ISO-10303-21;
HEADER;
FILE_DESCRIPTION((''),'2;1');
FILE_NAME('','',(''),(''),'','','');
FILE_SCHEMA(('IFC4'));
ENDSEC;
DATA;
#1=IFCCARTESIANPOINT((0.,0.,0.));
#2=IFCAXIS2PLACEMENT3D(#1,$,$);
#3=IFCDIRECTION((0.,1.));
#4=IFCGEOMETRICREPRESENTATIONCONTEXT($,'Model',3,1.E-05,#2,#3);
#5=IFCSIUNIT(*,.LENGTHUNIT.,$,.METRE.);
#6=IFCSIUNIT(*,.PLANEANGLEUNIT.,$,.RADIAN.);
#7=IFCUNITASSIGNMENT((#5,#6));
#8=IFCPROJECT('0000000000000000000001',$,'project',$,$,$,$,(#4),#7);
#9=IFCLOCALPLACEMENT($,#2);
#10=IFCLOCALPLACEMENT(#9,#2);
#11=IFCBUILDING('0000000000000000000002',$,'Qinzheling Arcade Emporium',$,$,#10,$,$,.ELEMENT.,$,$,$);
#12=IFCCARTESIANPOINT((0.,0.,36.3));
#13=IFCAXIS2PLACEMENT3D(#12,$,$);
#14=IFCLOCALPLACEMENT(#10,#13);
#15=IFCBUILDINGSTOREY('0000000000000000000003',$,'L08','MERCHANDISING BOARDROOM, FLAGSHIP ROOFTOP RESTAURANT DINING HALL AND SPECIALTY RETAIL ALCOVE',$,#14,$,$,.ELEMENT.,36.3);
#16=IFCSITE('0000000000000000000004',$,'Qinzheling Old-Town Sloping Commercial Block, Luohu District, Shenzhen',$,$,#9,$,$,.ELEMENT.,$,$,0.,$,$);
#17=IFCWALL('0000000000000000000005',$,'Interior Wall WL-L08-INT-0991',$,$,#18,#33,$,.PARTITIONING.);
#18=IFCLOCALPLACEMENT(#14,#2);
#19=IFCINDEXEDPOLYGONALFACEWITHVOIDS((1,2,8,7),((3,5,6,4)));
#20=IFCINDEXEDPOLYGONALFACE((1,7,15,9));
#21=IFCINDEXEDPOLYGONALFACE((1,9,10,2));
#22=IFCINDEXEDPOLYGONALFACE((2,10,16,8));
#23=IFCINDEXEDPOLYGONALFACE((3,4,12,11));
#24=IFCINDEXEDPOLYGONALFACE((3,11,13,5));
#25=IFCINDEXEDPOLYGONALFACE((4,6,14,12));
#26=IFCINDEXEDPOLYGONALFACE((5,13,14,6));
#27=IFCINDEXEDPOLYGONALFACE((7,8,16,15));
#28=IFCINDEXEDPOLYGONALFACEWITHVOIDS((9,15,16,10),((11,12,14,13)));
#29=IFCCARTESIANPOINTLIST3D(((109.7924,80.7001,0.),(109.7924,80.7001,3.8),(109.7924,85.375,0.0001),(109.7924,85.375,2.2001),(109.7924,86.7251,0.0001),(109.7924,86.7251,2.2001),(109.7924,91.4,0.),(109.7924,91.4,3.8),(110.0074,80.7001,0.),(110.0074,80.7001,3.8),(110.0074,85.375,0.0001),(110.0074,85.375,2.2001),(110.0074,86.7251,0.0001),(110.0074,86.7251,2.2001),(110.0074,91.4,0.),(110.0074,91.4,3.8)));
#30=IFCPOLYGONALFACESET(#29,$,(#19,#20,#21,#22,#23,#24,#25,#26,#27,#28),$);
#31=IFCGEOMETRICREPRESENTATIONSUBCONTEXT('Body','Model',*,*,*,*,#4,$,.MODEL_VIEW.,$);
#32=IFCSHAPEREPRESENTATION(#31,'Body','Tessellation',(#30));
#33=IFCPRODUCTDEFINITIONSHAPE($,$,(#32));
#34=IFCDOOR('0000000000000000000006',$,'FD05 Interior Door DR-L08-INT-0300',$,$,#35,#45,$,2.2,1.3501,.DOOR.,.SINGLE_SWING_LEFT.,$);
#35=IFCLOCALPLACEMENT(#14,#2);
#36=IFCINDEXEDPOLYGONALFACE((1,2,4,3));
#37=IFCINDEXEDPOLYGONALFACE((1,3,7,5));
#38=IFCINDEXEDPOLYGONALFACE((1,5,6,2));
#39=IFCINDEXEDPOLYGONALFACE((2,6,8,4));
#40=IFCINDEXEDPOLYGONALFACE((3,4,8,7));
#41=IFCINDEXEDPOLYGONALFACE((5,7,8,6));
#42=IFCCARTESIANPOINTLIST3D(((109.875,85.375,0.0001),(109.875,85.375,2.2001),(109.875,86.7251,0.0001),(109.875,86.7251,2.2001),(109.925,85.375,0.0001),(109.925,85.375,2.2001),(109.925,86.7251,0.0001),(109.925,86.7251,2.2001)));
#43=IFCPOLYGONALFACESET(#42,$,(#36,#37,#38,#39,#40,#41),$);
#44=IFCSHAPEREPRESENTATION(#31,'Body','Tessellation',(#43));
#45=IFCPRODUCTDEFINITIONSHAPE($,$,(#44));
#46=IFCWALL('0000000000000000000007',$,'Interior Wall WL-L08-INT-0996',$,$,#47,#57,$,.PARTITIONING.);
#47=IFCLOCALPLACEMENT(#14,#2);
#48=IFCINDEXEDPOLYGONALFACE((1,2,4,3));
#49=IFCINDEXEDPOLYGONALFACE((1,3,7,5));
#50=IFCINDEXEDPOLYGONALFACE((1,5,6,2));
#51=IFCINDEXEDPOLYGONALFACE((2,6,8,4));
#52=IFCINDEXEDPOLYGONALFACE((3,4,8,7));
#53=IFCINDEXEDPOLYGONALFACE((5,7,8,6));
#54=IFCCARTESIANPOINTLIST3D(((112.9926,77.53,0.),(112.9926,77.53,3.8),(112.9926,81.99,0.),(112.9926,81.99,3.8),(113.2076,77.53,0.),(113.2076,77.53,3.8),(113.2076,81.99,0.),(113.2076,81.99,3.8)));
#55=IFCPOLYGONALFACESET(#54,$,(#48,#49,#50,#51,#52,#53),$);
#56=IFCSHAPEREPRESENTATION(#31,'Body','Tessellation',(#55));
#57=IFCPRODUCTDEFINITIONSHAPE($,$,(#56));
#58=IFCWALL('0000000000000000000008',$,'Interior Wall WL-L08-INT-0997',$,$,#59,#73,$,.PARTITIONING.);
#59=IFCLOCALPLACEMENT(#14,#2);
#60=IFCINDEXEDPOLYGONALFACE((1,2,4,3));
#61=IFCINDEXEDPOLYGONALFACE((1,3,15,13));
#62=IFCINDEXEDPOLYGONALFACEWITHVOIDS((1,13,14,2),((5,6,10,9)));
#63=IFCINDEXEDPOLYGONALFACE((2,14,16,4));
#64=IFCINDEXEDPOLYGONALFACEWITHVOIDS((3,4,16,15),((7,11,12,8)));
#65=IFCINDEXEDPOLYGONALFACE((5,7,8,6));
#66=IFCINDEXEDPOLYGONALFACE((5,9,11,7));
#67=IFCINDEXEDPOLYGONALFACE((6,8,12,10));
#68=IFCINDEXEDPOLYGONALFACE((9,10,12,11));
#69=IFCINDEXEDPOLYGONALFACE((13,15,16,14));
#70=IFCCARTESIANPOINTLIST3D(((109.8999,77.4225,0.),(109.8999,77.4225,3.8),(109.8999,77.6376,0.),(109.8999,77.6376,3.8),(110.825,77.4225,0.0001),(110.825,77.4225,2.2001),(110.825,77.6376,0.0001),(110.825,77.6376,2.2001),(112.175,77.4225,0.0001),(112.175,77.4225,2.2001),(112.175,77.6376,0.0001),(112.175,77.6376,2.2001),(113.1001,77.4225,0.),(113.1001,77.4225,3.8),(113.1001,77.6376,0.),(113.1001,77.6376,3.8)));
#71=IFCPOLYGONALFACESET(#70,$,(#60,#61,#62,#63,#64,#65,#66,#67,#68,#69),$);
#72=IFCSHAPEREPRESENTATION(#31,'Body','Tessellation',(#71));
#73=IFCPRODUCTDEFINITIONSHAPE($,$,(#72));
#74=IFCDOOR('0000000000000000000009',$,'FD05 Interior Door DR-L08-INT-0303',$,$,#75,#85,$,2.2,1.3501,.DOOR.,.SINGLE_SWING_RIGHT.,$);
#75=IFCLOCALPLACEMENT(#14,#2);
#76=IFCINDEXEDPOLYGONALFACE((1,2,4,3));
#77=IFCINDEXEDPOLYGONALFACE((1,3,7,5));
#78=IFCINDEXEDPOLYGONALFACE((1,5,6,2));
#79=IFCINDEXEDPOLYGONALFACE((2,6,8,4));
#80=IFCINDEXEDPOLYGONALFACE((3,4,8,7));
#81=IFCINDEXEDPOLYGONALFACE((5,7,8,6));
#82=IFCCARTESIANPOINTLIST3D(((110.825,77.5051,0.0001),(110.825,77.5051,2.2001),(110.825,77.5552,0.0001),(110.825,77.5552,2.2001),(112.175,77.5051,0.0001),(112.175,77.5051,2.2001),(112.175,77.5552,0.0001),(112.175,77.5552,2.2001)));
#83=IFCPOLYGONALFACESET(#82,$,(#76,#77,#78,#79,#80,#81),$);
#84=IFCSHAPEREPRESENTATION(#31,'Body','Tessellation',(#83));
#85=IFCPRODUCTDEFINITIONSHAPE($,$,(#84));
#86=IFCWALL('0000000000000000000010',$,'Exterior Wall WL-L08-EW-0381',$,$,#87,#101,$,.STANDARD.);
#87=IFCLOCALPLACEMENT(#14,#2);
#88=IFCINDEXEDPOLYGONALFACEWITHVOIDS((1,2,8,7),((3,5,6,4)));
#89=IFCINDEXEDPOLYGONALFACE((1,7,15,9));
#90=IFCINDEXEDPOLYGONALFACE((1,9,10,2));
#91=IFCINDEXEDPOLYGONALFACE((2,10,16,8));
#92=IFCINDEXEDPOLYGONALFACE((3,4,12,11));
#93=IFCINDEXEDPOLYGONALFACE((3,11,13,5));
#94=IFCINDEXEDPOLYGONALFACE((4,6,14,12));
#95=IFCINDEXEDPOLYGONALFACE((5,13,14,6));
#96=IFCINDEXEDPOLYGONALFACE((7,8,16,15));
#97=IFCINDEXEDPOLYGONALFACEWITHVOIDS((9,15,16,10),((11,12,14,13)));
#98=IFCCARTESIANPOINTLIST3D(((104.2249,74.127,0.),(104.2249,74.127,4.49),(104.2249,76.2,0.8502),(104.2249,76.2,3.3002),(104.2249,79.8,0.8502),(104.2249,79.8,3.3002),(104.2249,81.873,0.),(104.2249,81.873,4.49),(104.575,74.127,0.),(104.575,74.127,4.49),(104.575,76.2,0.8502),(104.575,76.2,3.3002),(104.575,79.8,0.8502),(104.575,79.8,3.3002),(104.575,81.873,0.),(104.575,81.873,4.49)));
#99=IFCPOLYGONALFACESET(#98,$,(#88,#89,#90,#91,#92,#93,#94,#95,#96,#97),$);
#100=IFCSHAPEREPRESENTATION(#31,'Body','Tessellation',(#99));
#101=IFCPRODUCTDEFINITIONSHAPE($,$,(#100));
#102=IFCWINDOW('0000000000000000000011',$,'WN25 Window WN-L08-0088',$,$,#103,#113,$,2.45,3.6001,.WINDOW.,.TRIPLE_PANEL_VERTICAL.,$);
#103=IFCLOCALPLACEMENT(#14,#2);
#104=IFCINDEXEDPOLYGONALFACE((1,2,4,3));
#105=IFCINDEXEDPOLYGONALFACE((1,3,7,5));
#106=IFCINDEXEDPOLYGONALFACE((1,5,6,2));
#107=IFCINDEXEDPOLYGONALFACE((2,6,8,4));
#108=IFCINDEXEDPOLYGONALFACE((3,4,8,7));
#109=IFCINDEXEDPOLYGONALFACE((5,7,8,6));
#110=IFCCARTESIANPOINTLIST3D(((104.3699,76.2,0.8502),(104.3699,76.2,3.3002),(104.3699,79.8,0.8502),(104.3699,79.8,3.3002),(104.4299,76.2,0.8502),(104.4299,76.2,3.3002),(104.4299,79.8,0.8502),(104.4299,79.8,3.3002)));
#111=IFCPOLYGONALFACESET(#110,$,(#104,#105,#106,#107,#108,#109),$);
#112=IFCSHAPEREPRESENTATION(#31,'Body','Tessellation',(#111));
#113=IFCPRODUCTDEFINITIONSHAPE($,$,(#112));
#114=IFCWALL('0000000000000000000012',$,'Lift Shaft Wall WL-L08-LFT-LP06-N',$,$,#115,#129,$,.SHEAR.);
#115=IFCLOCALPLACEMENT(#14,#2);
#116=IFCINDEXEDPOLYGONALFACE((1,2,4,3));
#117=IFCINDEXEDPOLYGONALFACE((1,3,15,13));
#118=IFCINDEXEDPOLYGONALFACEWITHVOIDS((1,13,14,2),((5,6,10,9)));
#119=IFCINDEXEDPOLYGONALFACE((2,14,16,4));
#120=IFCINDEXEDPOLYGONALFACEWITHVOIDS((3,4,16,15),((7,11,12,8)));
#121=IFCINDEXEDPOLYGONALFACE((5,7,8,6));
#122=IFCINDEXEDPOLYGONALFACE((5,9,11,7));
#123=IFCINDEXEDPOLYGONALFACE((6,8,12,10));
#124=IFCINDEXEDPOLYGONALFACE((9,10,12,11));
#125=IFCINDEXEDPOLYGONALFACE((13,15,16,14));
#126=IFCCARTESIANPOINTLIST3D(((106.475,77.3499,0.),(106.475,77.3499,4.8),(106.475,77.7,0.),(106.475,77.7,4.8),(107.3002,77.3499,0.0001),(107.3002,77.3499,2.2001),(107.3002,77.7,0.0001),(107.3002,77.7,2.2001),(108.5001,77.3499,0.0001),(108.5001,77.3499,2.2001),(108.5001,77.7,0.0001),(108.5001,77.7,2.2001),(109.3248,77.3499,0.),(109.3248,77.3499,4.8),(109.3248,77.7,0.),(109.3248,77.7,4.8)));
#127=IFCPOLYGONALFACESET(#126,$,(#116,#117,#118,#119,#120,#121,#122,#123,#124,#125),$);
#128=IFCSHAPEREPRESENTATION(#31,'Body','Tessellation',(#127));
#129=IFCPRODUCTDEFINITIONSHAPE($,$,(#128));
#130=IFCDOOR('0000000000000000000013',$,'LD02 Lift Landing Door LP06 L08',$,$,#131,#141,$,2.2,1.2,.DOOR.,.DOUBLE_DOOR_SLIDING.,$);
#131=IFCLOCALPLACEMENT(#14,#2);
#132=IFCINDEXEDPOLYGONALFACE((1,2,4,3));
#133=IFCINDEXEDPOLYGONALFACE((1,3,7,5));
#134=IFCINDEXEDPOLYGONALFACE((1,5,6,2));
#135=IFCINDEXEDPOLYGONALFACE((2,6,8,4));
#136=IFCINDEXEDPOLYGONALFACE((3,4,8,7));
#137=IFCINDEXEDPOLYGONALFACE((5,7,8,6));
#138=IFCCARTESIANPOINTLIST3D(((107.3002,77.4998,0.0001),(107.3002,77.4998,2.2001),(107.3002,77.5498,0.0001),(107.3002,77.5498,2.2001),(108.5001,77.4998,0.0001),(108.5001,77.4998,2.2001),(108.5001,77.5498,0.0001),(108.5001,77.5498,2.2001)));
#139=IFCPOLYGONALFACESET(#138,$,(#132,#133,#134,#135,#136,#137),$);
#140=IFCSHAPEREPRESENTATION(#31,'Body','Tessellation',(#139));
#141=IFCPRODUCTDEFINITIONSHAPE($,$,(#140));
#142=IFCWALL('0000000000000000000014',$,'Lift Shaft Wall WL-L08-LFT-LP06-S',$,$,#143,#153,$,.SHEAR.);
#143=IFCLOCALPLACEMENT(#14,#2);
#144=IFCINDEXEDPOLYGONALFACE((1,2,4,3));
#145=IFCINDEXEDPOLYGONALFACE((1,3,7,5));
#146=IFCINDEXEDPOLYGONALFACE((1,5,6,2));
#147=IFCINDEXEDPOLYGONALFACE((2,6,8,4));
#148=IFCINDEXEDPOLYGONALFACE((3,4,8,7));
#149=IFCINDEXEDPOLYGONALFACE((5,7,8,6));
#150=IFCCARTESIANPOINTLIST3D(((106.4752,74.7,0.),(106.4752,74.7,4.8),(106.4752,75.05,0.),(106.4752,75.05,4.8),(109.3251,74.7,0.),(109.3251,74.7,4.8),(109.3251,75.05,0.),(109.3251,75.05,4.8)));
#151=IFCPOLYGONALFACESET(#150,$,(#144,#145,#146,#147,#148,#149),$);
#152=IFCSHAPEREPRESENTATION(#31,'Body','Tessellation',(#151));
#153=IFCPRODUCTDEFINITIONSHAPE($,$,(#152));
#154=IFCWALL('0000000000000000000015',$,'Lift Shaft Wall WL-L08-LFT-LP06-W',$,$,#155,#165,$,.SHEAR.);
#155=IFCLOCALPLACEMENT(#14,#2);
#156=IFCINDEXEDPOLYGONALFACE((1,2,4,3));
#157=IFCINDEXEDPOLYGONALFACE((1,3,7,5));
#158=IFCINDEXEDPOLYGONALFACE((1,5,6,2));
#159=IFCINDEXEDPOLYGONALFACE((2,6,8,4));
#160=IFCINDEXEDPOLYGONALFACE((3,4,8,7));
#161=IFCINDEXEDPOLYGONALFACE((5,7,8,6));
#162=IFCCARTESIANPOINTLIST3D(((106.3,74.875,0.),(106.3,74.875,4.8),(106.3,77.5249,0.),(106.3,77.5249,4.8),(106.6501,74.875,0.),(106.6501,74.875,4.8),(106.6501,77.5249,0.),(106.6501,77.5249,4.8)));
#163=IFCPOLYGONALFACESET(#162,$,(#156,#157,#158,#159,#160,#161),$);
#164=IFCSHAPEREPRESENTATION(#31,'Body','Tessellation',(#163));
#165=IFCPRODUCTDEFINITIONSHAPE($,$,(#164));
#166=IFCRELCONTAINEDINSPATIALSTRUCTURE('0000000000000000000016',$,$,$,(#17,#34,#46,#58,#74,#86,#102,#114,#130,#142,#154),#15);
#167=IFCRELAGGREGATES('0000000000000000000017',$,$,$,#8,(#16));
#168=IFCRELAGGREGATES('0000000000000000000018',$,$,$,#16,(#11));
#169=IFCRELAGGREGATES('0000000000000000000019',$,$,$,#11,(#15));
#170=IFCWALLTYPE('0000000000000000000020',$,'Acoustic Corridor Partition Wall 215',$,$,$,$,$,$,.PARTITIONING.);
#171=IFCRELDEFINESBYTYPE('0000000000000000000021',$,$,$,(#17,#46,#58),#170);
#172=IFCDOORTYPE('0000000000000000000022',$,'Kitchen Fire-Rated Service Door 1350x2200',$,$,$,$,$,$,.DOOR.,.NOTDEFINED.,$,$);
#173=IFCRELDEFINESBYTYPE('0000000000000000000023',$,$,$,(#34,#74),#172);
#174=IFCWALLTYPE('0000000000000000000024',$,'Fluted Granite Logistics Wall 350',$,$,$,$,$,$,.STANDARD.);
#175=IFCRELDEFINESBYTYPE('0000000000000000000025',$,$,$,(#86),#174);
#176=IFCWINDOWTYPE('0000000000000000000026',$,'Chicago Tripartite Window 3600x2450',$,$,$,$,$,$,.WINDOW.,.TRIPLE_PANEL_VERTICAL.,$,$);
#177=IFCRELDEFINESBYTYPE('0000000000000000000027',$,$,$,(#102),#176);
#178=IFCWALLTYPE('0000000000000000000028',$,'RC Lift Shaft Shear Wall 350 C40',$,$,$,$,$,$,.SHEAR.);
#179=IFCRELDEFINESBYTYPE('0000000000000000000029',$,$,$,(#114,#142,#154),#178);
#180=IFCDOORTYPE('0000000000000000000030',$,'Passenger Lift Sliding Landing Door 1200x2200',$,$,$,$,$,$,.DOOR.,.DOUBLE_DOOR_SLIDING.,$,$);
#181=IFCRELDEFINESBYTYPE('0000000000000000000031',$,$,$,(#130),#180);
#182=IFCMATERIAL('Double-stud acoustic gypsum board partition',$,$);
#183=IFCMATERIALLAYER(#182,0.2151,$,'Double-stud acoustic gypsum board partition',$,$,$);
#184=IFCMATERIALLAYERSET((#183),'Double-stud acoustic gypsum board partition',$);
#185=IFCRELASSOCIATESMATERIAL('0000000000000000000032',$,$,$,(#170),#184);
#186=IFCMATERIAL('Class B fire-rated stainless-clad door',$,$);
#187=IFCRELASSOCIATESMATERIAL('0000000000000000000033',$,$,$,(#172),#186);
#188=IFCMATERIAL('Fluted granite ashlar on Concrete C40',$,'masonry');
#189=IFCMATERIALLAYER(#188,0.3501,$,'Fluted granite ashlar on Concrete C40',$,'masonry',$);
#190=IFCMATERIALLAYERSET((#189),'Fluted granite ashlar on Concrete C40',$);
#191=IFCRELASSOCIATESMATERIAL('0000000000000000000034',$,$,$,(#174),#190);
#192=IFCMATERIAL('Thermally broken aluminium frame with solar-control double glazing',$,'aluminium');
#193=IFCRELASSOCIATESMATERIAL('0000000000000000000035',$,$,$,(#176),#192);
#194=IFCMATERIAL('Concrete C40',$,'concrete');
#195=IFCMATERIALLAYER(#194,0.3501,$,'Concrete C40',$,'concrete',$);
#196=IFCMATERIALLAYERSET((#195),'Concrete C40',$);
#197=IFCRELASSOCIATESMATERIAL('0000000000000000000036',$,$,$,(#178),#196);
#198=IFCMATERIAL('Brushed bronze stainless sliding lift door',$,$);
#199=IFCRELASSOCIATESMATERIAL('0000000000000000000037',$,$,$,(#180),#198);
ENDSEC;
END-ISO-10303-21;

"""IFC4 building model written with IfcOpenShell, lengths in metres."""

from ifc_helpers import new_model, si_unit, direction, frame, frame_2d, origin, place, context, subcontext, project, spatial, rectangle, extrude, material, layer, layer_set, type_object, element, fill, save


model = new_model("IFC4")

# Units and contexts
model_context = context("Model", 3, precision=1e-05, world=origin(), true_north=direction((0.0, 1.0)))
body_context = subcontext(model_context, "Body", "Model", "MODEL_VIEW")
ifc_project = project(units=[si_unit("LENGTHUNIT", "METRE"), si_unit("PLANEANGLEUNIT", "RADIAN")], contexts=[model_context])

# Site, building, storey
site_placement = place(None, origin())
site = spatial("IfcSite", under=ifc_project, at=site_placement, Name="Qinzheling Old-Town Sloping Commercial Block, Luohu District, Shenzhen", CompositionType="ELEMENT", RefElevation=0.0)
building_placement = place(site_placement, origin())
building = spatial("IfcBuilding", under=site, at=building_placement, Name="Qinzheling Arcade Emporium", CompositionType="ELEMENT")
storey_placement = place(building_placement, frame((0.0, 0.0, 36.3)))
storey = spatial("IfcBuildingStorey", under=building, at=storey_placement, Name="L08", Description="MERCHANDISING BOARDROOM, FLAGSHIP ROOFTOP RESTAURANT DINING HALL AND SPECIALTY RETAIL ALCOVE", CompositionType="ELEMENT", Elevation=36.3)

# Shared definitions
ifc_material_1 = material(Name="Concrete C40", Category="concrete")

# Wall, opening, door
ifc_material_2 = material(Name="Double-stud acoustic gypsum board partition")
ifc_layer_1 = layer(ifc_material_2, 0.2151, Name="Double-stud acoustic gypsum board partition")
ifc_layer_set_1 = layer_set([ifc_layer_1], Name="Double-stud acoustic gypsum board partition")
wall_type_1 = type_object("IfcWallType", Name="Acoustic Corridor Partition Wall 215", PredefinedType="PARTITIONING", material=ifc_layer_set_1)
ifc_material_3 = material(Name="Class B fire-rated stainless-clad door")
door_type_1 = type_object("IfcDoorType", Name="Kitchen Fire-Rated Service Door 1350x2200", OperationType="NOTDEFINED", PredefinedType="DOOR", material=ifc_material_3)
wall_1_placement = place(storey_placement, frame((109.8999, 80.7, 0.0), z_axis=(0.0, 0.0, 1.0), x_axis=(0.0, 1.0, 0.0)))
wall_1 = element("IfcWall", 1, at=wall_1_placement, inside=storey, type_object=wall_type_1, Name="Interior Wall WL-L08-INT-0991", PredefinedType="PARTITIONING", context=body_context, shape_type="SweptSolid", body=[
    extrude(rectangle(XDim=10.7, YDim=0.2151, at=frame_2d((5.3501, 0.0))), origin(), (0.0, 0.0, 1.0), 3.8),
])
opening_1_placement = place(wall_1_placement, frame((4.675, 0.0, 0.0)))
opening_1 = element("IfcOpeningElement", 2, at=opening_1_placement, cuts=wall_1, PredefinedType="OPENING", context=body_context, shape_type="SweptSolid", body=[
    extrude(rectangle(XDim=1.3501, YDim=2.2, at=frame_2d((0.675, 1.1001))), frame((0.0, 0.1177, 0.0), z_axis=(0.0, -1.0, 0.0), x_axis=(1.0, 0.0, 0.0)), (0.0, 0.0, 1.0), 0.2351),
])
door_1_placement = place(opening_1_placement, origin())
door_1 = element("IfcDoor", 3, at=door_1_placement, inside=storey, type_object=door_type_1, Name="FD05 Interior Door DR-L08-INT-0300", OperationType="SINGLE_SWING_LEFT", OverallHeight=2.2, OverallWidth=1.3501, PredefinedType="DOOR", context=body_context, shape_type="SweptSolid", body=[
    extrude(rectangle(XDim=1.3501, YDim=2.2, at=frame_2d((0.675, 1.1001))), frame((0.0, 0.0249, 0.0), z_axis=(0.0, -1.0, 0.0), x_axis=(1.0, 0.0, 0.0)), (0.0, 0.0, 1.0), 0.05),
])
fill(opening_1, door_1)

# Wall
wall_2_placement = place(storey_placement, frame((113.1001, 81.99, 0.0), z_axis=(0.0, 0.0, 1.0), x_axis=(0.0, -1.0, 0.0)))
element("IfcWall", 4, at=wall_2_placement, inside=storey, type_object=wall_type_1, Name="Interior Wall WL-L08-INT-0996", PredefinedType="PARTITIONING", context=body_context, shape_type="SweptSolid", body=[
    extrude(rectangle(XDim=4.46, YDim=0.2151, at=frame_2d((2.23, 0.0))), origin(), (0.0, 0.0, 1.0), 3.8),
])

# Wall, opening, door
wall_3_placement = place(storey_placement, frame((113.1001, 77.53, 0.0), z_axis=(0.0, 0.0, 1.0), x_axis=(-1.0, 0.0, 0.0)))
wall_3 = element("IfcWall", 5, at=wall_3_placement, inside=storey, type_object=wall_type_1, Name="Interior Wall WL-L08-INT-0997", PredefinedType="PARTITIONING", context=body_context, shape_type="SweptSolid", body=[
    extrude(rectangle(XDim=3.2002, YDim=0.2151, at=frame_2d((1.6001, 0.0))), origin(), (0.0, 0.0, 1.0), 3.8),
])
opening_2_placement = place(wall_3_placement, frame((0.925, 0.0, 0.0)))
opening_2 = element("IfcOpeningElement", 6, at=opening_2_placement, cuts=wall_3, PredefinedType="OPENING", context=body_context, shape_type="SweptSolid", body=[
    extrude(rectangle(XDim=1.3501, YDim=2.2, at=frame_2d((0.675, 1.1001))), frame((0.0, 0.1177, 0.0), z_axis=(0.0, -1.0, 0.0), x_axis=(1.0, 0.0, 0.0)), (0.0, 0.0, 1.0), 0.2351),
])
door_2_placement = place(opening_2_placement, origin())
door_2 = element("IfcDoor", 7, at=door_2_placement, inside=storey, type_object=door_type_1, Name="FD05 Interior Door DR-L08-INT-0303", OperationType="SINGLE_SWING_RIGHT", OverallHeight=2.2, OverallWidth=1.3501, PredefinedType="DOOR", context=body_context, shape_type="SweptSolid", body=[
    extrude(rectangle(XDim=1.3501, YDim=2.2, at=frame_2d((0.675, 1.1001))), frame((0.0, 0.0249, 0.0), z_axis=(0.0, -1.0, 0.0), x_axis=(1.0, 0.0, 0.0)), (0.0, 0.0, 1.0), 0.05),
])
fill(opening_2, door_2)

# Wall, opening, window
ifc_material_4 = material(Name="Fluted granite ashlar on Concrete C40", Category="masonry")
ifc_layer_2 = layer(ifc_material_4, 0.3501, Name="Fluted granite ashlar on Concrete C40", Category="masonry")
ifc_layer_set_2 = layer_set([ifc_layer_2], Name="Fluted granite ashlar on Concrete C40")
wall_type_2 = type_object("IfcWallType", Name="Fluted Granite Logistics Wall 350", PredefinedType="STANDARD", material=ifc_layer_set_2)
wall_4_placement = place(storey_placement, frame((104.3999, 74.127, 0.0), z_axis=(0.0, 0.0, 1.0), x_axis=(0.0, 1.0, 0.0)))
wall_4 = element("IfcWall", 8, at=wall_4_placement, inside=storey, type_object=wall_type_2, Name="Exterior Wall WL-L08-EW-0381", PredefinedType="STANDARD", context=body_context, shape_type="SweptSolid", body=[
    extrude(rectangle(XDim=7.7461, YDim=0.3501, at=frame_2d((3.873, 0.0))), origin(), (0.0, 0.0, 1.0), 4.49),
])
opening_3_placement = place(wall_4_placement, frame((2.073, 0.0, 0.8501)))
opening_3 = element("IfcOpeningElement", 9, at=opening_3_placement, cuts=wall_4, PredefinedType="OPENING", context=body_context, shape_type="SweptSolid", body=[
    extrude(rectangle(XDim=3.6001, YDim=2.45, at=frame_2d((1.8, 1.2251))), frame((0.0, 0.1851, 0.0), z_axis=(0.0, -1.0, 0.0), x_axis=(1.0, 0.0, 0.0)), (0.0, 0.0, 1.0), 0.3701),
])
ifc_material_5 = material(Name="Thermally broken aluminium frame with solar-control double glazing", Category="aluminium")
window_type = type_object("IfcWindowType", Name="Chicago Tripartite Window 3600x2450", PartitioningType="TRIPLE_PANEL_VERTICAL", PredefinedType="WINDOW", material=ifc_material_5)
window_placement = place(opening_3_placement, origin())
window = element("IfcWindow", 10, at=window_placement, inside=storey, type_object=window_type, Name="WN25 Window WN-L08-0088", OverallHeight=2.45, OverallWidth=3.6001, PartitioningType="TRIPLE_PANEL_VERTICAL", PredefinedType="WINDOW", context=body_context, shape_type="SweptSolid", body=[
    extrude(rectangle(XDim=3.6001, YDim=2.45, at=frame_2d((1.8, 1.2251))), frame((0.0, 0.03, 0.0), z_axis=(0.0, -1.0, 0.0), x_axis=(1.0, 0.0, 0.0)), (0.0, 0.0, 1.0), 0.0601),
])
fill(opening_3, window)

# Wall, opening, door
ifc_layer_3 = layer(ifc_material_1, 0.3501, Name="Concrete C40", Category="concrete")
ifc_layer_set_3 = layer_set([ifc_layer_3], Name="Concrete C40")
wall_type_3 = type_object("IfcWallType", Name="RC Lift Shaft Shear Wall 350 C40", PredefinedType="SHEAR", material=ifc_layer_set_3)
wall_5_placement = place(storey_placement, frame((106.4751, 77.5249, 0.0), z_axis=(0.0, 0.0, 1.0), x_axis=(1.0, 0.0, 0.0)))
wall_5 = element("IfcWall", 11, at=wall_5_placement, inside=storey, type_object=wall_type_3, Name="Lift Shaft Wall WL-L08-LFT-LP06-N", PredefinedType="SHEAR", context=body_context, shape_type="SweptSolid", body=[
    extrude(rectangle(XDim=2.8499, YDim=0.3501, at=frame_2d((1.4248, 0.0))), origin(), (0.0, 0.0, 1.0), 4.8),
])
opening_4_placement = place(wall_5_placement, frame((0.825, 0.0, 0.0)))
opening_4 = element("IfcOpeningElement", 12, at=opening_4_placement, cuts=wall_5, PredefinedType="OPENING", context=body_context, shape_type="SweptSolid", body=[
    extrude(rectangle(XDim=1.2, YDim=2.2, at=frame_2d((0.6001, 1.1001))), frame((0.0, 0.1851, 0.0), z_axis=(0.0, -1.0, 0.0), x_axis=(1.0, 0.0, 0.0)), (0.0, 0.0, 1.0), 0.3701),
])
ifc_material_6 = material(Name="Brushed bronze stainless sliding lift door")
door_type_2 = type_object("IfcDoorType", Name="Passenger Lift Sliding Landing Door 1200x2200", OperationType="DOUBLE_DOOR_SLIDING", PredefinedType="DOOR", material=ifc_material_6)
door_3_placement = place(opening_4_placement, origin())
door_3 = element("IfcDoor", 13, at=door_3_placement, inside=storey, type_object=door_type_2, Name="LD02 Lift Landing Door LP06 L08", OperationType="DOUBLE_DOOR_SLIDING", OverallHeight=2.2, OverallWidth=1.2, PredefinedType="DOOR", context=body_context, shape_type="SweptSolid", body=[
    extrude(rectangle(XDim=1.2, YDim=2.2, at=frame_2d((0.6001, 1.1001))), frame((0.0, 0.0249, 0.0), z_axis=(0.0, -1.0, 0.0), x_axis=(1.0, 0.0, 0.0)), (0.0, 0.0, 1.0), 0.05),
])
fill(opening_4, door_3)

# Walls
wall_6_placement = place(storey_placement, frame((109.325, 74.875, 0.0), z_axis=(0.0, 0.0, 1.0), x_axis=(-1.0, 0.0, 0.0)))
element("IfcWall", 14, at=wall_6_placement, inside=storey, type_object=wall_type_3, Name="Lift Shaft Wall WL-L08-LFT-LP06-S", PredefinedType="SHEAR", context=body_context, shape_type="SweptSolid", body=[
    extrude(rectangle(XDim=2.8499, YDim=0.3501, at=frame_2d((1.4248, 0.0))), origin(), (0.0, 0.0, 1.0), 4.8),
])
for number, where, z_axis, x_axis, name in (
    (15, (106.4751, 74.875, 0.0), (0.0, 0.0, 1.0), (0.0, 1.0, 0.0), "Lift Shaft Wall WL-L08-LFT-LP06-W"),
):
    element("IfcWall", number, at=place(storey_placement, frame(where, z_axis=z_axis, x_axis=x_axis)), inside=storey, type_object=wall_type_3, Name=name, PredefinedType="SHEAR", context=body_context, shape_type="SweptSolid", body=[
        extrude(rectangle(XDim=2.6499, YDim=0.3501, at=frame_2d((1.325, 0.0))), origin(), (0.0, 0.0, 1.0), 4.8),
    ])

save(model, "model.ifc")
